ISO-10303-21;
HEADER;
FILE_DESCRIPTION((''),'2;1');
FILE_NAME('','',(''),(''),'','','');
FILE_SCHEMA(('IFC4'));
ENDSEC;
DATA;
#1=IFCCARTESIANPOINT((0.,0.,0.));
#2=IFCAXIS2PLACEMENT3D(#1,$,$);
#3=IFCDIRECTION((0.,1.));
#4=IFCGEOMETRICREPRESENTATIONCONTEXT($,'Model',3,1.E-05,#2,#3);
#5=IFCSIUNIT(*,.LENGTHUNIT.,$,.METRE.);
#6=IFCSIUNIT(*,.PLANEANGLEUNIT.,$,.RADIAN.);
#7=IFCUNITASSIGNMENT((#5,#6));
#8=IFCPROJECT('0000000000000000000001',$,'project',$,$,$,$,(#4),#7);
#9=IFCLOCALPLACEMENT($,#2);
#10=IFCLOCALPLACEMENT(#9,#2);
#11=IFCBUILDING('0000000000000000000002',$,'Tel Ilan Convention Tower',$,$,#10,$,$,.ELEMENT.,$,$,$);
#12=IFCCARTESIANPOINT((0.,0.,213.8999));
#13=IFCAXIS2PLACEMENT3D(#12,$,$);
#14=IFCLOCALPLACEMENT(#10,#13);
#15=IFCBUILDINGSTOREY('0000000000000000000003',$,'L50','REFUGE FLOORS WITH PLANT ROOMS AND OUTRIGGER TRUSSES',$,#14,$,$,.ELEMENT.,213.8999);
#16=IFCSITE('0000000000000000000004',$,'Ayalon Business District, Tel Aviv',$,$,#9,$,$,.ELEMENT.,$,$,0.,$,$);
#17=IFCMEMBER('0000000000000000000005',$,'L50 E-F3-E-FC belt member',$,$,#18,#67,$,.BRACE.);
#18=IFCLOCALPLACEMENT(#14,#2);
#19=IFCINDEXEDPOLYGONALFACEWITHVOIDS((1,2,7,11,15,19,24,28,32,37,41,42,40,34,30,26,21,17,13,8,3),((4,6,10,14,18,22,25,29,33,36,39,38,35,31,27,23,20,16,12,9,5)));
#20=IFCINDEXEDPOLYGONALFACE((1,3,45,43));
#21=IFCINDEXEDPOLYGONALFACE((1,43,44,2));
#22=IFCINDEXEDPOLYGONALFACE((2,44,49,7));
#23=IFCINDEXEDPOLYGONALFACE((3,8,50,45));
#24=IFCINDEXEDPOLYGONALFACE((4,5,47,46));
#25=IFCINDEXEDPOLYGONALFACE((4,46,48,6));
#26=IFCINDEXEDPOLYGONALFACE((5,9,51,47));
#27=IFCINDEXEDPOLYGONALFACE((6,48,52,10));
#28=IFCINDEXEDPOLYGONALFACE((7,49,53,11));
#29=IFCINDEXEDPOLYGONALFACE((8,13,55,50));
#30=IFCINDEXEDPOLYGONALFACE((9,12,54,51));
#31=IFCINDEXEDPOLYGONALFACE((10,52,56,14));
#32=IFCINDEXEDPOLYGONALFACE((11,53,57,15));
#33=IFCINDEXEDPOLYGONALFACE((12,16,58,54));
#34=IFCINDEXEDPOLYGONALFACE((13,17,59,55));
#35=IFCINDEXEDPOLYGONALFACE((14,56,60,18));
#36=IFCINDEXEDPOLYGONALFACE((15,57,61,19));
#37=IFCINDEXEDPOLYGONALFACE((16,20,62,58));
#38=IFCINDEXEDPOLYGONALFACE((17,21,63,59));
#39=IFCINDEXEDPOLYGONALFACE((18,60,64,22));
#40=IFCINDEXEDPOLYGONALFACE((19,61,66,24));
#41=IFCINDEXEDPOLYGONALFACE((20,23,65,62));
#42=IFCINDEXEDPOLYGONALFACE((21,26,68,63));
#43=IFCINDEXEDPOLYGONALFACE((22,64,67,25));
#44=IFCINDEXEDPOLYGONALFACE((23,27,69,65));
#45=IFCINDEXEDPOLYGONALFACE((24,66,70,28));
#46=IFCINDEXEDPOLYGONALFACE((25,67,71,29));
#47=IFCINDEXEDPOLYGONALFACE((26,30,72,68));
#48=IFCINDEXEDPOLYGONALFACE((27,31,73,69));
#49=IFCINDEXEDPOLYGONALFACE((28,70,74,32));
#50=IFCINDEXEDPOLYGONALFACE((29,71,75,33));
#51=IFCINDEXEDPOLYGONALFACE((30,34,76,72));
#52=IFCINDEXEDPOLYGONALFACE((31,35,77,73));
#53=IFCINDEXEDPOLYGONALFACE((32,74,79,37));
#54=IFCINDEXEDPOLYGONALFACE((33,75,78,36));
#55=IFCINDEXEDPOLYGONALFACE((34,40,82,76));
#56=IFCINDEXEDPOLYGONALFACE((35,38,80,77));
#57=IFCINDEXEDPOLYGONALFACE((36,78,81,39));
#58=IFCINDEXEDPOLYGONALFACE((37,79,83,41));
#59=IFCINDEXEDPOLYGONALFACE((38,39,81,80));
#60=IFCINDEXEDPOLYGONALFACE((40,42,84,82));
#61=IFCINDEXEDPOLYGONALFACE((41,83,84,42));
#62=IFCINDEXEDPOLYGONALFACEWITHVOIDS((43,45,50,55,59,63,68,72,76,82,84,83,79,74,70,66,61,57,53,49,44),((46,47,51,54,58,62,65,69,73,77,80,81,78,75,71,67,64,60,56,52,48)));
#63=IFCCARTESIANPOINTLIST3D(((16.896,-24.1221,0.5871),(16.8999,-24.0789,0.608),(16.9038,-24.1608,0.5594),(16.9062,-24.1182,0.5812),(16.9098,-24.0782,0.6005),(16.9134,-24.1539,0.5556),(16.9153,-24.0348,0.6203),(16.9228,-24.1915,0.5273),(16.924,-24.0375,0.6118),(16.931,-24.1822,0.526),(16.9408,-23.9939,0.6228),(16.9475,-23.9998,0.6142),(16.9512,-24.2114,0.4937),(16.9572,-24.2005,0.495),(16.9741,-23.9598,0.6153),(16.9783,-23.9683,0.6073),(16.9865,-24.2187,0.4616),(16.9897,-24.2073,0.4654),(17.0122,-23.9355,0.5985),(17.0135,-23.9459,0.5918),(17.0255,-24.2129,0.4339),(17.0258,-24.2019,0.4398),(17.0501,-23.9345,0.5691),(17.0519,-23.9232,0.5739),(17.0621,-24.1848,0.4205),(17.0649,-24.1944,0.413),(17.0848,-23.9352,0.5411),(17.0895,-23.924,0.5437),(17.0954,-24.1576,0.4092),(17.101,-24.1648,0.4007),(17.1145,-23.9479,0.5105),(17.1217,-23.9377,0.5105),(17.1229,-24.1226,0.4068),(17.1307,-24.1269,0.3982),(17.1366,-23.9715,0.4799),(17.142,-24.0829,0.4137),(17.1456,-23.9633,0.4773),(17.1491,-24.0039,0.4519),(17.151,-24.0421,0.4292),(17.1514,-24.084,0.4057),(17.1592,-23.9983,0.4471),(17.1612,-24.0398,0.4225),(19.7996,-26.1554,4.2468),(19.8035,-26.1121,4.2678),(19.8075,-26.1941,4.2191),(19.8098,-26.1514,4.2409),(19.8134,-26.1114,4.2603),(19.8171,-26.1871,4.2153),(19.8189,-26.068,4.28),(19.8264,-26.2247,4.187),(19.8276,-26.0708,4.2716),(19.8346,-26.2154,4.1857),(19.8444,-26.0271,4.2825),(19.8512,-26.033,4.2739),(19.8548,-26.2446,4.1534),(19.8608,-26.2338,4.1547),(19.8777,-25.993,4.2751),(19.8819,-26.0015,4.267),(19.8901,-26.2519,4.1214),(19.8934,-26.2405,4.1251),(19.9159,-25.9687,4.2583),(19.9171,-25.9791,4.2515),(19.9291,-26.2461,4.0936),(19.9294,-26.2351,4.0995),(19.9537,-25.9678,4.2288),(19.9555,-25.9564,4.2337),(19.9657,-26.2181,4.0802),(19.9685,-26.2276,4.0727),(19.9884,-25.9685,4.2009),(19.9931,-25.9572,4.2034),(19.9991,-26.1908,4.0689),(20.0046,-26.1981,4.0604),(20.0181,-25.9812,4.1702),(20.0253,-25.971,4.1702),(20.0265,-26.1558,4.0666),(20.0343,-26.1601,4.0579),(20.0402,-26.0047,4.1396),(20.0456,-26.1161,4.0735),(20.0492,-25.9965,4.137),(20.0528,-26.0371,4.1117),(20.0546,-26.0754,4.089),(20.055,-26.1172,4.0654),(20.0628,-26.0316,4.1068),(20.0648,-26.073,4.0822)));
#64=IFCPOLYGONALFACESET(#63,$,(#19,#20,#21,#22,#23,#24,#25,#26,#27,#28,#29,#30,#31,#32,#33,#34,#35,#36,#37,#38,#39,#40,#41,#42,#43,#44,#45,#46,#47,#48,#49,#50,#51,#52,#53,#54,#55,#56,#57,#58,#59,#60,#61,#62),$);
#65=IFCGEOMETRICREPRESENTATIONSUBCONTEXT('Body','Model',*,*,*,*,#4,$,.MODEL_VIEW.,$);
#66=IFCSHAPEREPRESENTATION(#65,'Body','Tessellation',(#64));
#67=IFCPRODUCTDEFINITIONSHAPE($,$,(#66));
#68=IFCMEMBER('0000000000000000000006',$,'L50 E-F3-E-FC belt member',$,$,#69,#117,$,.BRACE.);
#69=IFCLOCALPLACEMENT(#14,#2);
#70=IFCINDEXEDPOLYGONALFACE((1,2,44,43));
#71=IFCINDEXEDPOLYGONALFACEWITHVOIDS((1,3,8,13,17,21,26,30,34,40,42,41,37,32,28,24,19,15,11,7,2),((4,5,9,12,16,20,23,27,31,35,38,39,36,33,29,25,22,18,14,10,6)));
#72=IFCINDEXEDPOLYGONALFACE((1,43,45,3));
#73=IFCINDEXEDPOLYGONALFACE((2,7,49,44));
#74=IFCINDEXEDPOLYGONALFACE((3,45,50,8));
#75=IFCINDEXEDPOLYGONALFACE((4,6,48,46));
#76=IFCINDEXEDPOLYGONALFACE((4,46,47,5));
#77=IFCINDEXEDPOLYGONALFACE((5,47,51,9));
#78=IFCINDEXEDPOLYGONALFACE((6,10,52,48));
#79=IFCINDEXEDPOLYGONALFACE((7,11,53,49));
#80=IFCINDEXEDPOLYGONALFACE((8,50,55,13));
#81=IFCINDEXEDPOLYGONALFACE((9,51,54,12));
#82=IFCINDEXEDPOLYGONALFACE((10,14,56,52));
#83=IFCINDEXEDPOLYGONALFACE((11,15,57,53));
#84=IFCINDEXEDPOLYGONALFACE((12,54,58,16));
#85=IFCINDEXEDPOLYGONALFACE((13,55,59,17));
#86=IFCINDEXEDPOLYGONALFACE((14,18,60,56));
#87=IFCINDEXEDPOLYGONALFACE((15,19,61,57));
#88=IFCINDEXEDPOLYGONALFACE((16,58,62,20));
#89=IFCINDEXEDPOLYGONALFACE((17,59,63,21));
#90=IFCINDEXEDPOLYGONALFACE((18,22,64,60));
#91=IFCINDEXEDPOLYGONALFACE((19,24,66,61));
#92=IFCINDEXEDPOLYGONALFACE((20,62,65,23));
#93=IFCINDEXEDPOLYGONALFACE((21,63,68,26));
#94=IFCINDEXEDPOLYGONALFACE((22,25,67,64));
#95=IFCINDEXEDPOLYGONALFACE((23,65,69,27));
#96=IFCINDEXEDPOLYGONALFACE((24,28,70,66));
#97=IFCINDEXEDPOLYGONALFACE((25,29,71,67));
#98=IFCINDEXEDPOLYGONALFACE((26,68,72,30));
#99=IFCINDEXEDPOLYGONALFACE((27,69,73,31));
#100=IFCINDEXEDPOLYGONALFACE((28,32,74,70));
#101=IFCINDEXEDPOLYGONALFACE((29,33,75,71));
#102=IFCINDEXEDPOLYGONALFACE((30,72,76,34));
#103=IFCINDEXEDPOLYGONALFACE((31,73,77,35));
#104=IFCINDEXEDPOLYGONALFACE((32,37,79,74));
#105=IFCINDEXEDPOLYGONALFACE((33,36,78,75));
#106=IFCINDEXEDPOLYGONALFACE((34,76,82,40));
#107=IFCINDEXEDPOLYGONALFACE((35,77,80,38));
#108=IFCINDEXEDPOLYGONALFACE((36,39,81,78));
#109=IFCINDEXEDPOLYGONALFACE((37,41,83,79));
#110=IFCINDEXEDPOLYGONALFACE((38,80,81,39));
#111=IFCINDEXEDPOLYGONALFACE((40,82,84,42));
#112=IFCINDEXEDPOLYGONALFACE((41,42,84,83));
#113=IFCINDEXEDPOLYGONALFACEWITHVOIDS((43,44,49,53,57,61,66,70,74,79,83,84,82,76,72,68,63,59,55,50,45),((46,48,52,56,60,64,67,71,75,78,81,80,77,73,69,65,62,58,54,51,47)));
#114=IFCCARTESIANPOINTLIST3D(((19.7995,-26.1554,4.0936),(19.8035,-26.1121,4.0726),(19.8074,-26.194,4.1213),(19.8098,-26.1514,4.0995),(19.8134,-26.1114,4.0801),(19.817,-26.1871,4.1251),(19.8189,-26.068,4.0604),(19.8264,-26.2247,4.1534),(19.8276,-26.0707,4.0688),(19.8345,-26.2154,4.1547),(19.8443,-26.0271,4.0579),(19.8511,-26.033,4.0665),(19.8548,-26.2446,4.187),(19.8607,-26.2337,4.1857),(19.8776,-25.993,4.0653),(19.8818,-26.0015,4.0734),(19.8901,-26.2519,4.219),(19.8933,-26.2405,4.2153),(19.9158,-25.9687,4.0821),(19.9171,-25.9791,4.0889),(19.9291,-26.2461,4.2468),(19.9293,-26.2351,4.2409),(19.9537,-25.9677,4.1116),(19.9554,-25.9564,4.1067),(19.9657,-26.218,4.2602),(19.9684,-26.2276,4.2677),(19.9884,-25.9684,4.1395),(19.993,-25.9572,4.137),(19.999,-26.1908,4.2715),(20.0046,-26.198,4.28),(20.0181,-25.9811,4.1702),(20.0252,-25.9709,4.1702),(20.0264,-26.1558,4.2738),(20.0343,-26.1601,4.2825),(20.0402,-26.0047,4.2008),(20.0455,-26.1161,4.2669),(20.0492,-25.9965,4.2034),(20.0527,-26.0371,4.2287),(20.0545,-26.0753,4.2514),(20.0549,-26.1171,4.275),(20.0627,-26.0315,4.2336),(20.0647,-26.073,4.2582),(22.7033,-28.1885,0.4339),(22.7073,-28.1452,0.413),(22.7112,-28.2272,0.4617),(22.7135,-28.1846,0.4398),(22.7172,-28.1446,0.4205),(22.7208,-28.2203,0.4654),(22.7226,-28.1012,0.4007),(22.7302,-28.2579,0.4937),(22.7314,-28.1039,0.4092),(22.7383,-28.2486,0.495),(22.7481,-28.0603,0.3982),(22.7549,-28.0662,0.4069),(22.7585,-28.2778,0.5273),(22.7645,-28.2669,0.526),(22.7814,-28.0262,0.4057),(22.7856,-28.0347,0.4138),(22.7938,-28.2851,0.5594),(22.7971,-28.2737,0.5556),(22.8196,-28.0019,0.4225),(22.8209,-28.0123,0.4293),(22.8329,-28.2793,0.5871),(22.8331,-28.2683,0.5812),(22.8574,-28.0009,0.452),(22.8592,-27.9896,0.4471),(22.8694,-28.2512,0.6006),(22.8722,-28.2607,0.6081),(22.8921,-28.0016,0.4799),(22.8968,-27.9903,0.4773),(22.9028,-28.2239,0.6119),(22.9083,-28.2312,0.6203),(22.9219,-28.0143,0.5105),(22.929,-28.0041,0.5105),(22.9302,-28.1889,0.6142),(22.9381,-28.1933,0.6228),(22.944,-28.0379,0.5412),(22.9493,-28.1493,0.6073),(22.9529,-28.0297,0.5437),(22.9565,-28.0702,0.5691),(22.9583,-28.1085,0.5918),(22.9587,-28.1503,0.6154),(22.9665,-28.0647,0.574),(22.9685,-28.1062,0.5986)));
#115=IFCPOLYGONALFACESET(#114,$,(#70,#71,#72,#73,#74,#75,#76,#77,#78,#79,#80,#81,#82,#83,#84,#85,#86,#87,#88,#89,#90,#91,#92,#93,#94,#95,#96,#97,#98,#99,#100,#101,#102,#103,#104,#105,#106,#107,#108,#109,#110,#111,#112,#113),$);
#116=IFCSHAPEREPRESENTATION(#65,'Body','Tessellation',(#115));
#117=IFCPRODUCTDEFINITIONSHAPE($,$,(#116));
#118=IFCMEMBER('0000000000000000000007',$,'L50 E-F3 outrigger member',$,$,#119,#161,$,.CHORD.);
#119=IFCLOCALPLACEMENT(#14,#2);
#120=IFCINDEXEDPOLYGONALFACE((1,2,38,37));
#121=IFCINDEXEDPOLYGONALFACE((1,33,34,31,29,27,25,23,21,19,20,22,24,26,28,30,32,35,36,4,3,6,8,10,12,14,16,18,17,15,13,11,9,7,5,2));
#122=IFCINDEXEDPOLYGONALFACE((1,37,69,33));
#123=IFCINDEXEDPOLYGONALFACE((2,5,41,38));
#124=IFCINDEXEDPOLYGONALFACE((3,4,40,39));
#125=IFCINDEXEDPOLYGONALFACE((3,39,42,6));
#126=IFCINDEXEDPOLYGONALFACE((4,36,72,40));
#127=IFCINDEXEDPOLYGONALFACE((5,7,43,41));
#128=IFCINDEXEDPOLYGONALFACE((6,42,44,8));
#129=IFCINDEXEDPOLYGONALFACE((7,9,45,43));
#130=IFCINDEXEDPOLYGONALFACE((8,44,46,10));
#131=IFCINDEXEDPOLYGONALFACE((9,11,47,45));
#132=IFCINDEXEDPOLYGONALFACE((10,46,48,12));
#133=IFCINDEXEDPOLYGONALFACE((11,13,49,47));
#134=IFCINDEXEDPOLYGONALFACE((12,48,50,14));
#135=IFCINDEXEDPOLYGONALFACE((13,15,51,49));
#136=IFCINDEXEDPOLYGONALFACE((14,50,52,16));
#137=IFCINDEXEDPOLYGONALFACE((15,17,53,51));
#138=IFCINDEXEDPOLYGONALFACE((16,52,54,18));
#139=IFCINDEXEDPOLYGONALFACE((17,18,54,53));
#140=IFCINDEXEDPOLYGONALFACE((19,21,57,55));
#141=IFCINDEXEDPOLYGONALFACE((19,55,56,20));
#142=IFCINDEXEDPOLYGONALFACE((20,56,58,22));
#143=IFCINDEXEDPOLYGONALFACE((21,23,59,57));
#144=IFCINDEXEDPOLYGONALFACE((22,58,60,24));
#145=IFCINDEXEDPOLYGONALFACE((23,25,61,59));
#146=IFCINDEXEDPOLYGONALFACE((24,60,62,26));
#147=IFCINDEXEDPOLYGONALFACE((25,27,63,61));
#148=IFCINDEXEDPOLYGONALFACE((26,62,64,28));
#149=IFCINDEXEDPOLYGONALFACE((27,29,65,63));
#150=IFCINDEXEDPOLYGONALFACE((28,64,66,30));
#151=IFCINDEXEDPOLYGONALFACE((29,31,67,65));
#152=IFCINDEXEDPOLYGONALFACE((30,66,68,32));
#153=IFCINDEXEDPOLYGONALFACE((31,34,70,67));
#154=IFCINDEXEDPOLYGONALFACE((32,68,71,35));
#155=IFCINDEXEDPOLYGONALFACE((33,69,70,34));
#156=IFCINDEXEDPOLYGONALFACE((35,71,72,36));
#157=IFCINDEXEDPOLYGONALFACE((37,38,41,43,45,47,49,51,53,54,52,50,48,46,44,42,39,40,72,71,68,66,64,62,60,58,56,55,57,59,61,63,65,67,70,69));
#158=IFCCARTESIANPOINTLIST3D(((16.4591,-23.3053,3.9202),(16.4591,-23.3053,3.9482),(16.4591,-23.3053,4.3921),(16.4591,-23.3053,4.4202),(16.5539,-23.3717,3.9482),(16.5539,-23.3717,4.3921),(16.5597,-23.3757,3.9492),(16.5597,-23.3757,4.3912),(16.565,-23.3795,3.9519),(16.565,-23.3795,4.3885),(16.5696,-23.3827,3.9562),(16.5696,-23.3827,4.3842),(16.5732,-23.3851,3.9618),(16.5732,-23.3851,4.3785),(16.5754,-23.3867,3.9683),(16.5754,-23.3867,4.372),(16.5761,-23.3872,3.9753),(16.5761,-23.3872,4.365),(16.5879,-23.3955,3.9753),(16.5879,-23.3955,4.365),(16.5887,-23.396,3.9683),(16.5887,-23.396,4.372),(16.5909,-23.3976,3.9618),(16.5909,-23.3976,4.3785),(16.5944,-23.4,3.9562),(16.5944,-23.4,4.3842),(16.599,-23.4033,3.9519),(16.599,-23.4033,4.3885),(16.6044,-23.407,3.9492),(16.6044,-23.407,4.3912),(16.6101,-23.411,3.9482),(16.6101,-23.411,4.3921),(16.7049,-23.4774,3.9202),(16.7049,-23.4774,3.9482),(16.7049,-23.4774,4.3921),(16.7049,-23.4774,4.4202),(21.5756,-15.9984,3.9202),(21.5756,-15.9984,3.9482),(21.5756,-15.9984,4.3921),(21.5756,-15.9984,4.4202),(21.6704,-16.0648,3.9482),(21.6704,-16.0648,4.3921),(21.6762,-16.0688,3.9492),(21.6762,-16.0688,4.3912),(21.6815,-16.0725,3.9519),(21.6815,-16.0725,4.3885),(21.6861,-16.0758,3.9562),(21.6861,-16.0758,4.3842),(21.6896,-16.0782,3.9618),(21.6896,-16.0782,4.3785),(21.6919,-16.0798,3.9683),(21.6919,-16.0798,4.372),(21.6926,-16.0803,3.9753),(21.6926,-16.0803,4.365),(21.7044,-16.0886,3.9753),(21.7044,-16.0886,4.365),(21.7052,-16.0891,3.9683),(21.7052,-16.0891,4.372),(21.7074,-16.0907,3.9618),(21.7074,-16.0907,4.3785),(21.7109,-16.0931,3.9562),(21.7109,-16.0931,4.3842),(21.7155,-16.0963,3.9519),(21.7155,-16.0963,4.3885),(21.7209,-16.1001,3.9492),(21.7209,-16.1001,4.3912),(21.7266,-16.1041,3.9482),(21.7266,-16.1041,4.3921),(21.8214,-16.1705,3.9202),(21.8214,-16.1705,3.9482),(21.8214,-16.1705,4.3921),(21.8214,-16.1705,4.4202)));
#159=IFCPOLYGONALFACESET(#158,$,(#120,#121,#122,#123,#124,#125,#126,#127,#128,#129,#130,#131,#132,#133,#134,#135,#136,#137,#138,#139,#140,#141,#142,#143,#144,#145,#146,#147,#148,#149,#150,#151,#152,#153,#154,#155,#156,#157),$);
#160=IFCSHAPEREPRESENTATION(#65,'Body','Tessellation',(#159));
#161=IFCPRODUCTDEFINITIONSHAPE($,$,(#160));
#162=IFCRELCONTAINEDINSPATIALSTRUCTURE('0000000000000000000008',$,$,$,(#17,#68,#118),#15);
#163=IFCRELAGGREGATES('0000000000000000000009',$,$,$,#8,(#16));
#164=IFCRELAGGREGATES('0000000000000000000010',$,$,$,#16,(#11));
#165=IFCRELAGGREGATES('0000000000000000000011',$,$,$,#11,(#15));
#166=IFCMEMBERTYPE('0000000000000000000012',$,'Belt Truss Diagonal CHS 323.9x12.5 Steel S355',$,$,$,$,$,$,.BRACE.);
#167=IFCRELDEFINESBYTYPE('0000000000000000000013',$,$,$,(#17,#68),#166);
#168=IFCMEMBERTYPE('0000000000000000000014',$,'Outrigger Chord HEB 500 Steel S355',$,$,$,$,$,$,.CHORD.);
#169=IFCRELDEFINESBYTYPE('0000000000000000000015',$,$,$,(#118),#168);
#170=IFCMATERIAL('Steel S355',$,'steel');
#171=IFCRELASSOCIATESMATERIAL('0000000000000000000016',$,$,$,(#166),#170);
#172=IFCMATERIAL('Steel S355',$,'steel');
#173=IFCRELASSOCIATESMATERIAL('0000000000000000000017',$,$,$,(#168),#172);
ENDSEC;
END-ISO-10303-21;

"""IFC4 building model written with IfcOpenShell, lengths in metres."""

from ifc_helpers import new_model, si_unit, direction, frame, origin, origin_2d, place, context, subcontext, project, spatial, hollow_circle, i_section, extrude, material, material_profile, profile_set, type_object, element, save


model = new_model("IFC4")

# Units and contexts
model_context = context("Model", 3, precision=1e-05, world=origin(), true_north=direction((0.0, 1.0)))
body_context = subcontext(model_context, "Body", "Model", "MODEL_VIEW")
ifc_project = project(units=[si_unit("LENGTHUNIT", "METRE"), si_unit("PLANEANGLEUNIT", "RADIAN")], contexts=[model_context])

# Site, building, storey
site_placement = place(None, origin())
site = spatial("IfcSite", under=ifc_project, at=site_placement, Name="Ayalon Business District, Tel Aviv", CompositionType="ELEMENT", RefElevation=0.0)
building_placement = place(site_placement, origin())
building = spatial("IfcBuilding", under=site, at=building_placement, Name="Tel Ilan Convention Tower", CompositionType="ELEMENT")
storey_placement = place(building_placement, frame((0.0, 0.0, 213.8999)))
storey = spatial("IfcBuildingStorey", under=building, at=storey_placement, Name="L50", Description="REFUGE FLOORS WITH PLANT ROOMS AND OUTRIGGER TRUSSES", CompositionType="ELEMENT", Elevation=213.8999)

# Members
ifc_material_1 = material(Name="Steel S355", Category="steel")
ifc_material_profile_1 = material_profile(ifc_material_1, hollow_circle(Radius=0.1619, WallThickness=0.0125, at=origin_2d()), Name="CHS 323.9x12.5")
ifc_profile_set_1 = profile_set([ifc_material_profile_1], Name="Steel S355")
member_type_1 = type_object("IfcMemberType", Name="Belt Truss Diagonal CHS 323.9x12.5 Steel S355", PredefinedType="BRACE", material=ifc_profile_set_1)
for number, where, z_axis, x_axis, name in (
    (1, (17.0288, -24.0703, 0.5105), (0.569899, -0.399068, 0.718304), (0.573596, 0.819138, 0.0), "L50 E-F3-E-FC belt member"),
    (2, (19.9324, -26.1035, 4.1702), (0.569931, -0.399057, -0.718284), (0.573564, 0.819161, 0.0), "L50 E-F3-E-FC belt member"),
):
    element("IfcMember", number, at=place(storey_placement, frame(where, z_axis=z_axis, x_axis=x_axis)), inside=storey, type_object=member_type_1, Name=name, PredefinedType="BRACE", context=body_context, shape_type="SweptSolid", body=[
        extrude(hollow_circle(Radius=0.1619, WallThickness=0.0125, at=origin_2d()), origin(), (0.0, 0.0, 1.0), 5.095),
    ])
ifc_material_2 = material(Name="Steel S355", Category="steel")
ifc_material_profile_2 = material_profile(ifc_material_2, i_section(OverallWidth=0.3, OverallDepth=0.5, WebThickness=0.0144, FlangeThickness=0.0281, FilletRadius=0.0271, at=origin_2d()), Name="HEB 500")
ifc_profile_set_2 = profile_set([ifc_material_profile_2], Name="Steel S355")
member_type_2 = type_object("IfcMemberType", Name="Outrigger Chord HEB 500 Steel S355", PredefinedType="CHORD", material=ifc_profile_set_2)
member_1_placement = place(storey_placement, frame((16.582, -23.3914, 4.1702), z_axis=(0.573585, 0.819146, 0.0), x_axis=(-0.819146, 0.573585, 0.0)))
element("IfcMember", 3, at=member_1_placement, inside=storey, type_object=member_type_2, Name="L50 E-F3 outrigger member", PredefinedType="CHORD", context=body_context, shape_type="SweptSolid", body=[
    extrude(i_section(OverallWidth=0.3, OverallDepth=0.5, WebThickness=0.0144, FlangeThickness=0.0281, FilletRadius=0.0271, at=origin_2d()), origin(), (0.0, 0.0, 1.0), 8.9202),
])

save(model, "model.ifc")
